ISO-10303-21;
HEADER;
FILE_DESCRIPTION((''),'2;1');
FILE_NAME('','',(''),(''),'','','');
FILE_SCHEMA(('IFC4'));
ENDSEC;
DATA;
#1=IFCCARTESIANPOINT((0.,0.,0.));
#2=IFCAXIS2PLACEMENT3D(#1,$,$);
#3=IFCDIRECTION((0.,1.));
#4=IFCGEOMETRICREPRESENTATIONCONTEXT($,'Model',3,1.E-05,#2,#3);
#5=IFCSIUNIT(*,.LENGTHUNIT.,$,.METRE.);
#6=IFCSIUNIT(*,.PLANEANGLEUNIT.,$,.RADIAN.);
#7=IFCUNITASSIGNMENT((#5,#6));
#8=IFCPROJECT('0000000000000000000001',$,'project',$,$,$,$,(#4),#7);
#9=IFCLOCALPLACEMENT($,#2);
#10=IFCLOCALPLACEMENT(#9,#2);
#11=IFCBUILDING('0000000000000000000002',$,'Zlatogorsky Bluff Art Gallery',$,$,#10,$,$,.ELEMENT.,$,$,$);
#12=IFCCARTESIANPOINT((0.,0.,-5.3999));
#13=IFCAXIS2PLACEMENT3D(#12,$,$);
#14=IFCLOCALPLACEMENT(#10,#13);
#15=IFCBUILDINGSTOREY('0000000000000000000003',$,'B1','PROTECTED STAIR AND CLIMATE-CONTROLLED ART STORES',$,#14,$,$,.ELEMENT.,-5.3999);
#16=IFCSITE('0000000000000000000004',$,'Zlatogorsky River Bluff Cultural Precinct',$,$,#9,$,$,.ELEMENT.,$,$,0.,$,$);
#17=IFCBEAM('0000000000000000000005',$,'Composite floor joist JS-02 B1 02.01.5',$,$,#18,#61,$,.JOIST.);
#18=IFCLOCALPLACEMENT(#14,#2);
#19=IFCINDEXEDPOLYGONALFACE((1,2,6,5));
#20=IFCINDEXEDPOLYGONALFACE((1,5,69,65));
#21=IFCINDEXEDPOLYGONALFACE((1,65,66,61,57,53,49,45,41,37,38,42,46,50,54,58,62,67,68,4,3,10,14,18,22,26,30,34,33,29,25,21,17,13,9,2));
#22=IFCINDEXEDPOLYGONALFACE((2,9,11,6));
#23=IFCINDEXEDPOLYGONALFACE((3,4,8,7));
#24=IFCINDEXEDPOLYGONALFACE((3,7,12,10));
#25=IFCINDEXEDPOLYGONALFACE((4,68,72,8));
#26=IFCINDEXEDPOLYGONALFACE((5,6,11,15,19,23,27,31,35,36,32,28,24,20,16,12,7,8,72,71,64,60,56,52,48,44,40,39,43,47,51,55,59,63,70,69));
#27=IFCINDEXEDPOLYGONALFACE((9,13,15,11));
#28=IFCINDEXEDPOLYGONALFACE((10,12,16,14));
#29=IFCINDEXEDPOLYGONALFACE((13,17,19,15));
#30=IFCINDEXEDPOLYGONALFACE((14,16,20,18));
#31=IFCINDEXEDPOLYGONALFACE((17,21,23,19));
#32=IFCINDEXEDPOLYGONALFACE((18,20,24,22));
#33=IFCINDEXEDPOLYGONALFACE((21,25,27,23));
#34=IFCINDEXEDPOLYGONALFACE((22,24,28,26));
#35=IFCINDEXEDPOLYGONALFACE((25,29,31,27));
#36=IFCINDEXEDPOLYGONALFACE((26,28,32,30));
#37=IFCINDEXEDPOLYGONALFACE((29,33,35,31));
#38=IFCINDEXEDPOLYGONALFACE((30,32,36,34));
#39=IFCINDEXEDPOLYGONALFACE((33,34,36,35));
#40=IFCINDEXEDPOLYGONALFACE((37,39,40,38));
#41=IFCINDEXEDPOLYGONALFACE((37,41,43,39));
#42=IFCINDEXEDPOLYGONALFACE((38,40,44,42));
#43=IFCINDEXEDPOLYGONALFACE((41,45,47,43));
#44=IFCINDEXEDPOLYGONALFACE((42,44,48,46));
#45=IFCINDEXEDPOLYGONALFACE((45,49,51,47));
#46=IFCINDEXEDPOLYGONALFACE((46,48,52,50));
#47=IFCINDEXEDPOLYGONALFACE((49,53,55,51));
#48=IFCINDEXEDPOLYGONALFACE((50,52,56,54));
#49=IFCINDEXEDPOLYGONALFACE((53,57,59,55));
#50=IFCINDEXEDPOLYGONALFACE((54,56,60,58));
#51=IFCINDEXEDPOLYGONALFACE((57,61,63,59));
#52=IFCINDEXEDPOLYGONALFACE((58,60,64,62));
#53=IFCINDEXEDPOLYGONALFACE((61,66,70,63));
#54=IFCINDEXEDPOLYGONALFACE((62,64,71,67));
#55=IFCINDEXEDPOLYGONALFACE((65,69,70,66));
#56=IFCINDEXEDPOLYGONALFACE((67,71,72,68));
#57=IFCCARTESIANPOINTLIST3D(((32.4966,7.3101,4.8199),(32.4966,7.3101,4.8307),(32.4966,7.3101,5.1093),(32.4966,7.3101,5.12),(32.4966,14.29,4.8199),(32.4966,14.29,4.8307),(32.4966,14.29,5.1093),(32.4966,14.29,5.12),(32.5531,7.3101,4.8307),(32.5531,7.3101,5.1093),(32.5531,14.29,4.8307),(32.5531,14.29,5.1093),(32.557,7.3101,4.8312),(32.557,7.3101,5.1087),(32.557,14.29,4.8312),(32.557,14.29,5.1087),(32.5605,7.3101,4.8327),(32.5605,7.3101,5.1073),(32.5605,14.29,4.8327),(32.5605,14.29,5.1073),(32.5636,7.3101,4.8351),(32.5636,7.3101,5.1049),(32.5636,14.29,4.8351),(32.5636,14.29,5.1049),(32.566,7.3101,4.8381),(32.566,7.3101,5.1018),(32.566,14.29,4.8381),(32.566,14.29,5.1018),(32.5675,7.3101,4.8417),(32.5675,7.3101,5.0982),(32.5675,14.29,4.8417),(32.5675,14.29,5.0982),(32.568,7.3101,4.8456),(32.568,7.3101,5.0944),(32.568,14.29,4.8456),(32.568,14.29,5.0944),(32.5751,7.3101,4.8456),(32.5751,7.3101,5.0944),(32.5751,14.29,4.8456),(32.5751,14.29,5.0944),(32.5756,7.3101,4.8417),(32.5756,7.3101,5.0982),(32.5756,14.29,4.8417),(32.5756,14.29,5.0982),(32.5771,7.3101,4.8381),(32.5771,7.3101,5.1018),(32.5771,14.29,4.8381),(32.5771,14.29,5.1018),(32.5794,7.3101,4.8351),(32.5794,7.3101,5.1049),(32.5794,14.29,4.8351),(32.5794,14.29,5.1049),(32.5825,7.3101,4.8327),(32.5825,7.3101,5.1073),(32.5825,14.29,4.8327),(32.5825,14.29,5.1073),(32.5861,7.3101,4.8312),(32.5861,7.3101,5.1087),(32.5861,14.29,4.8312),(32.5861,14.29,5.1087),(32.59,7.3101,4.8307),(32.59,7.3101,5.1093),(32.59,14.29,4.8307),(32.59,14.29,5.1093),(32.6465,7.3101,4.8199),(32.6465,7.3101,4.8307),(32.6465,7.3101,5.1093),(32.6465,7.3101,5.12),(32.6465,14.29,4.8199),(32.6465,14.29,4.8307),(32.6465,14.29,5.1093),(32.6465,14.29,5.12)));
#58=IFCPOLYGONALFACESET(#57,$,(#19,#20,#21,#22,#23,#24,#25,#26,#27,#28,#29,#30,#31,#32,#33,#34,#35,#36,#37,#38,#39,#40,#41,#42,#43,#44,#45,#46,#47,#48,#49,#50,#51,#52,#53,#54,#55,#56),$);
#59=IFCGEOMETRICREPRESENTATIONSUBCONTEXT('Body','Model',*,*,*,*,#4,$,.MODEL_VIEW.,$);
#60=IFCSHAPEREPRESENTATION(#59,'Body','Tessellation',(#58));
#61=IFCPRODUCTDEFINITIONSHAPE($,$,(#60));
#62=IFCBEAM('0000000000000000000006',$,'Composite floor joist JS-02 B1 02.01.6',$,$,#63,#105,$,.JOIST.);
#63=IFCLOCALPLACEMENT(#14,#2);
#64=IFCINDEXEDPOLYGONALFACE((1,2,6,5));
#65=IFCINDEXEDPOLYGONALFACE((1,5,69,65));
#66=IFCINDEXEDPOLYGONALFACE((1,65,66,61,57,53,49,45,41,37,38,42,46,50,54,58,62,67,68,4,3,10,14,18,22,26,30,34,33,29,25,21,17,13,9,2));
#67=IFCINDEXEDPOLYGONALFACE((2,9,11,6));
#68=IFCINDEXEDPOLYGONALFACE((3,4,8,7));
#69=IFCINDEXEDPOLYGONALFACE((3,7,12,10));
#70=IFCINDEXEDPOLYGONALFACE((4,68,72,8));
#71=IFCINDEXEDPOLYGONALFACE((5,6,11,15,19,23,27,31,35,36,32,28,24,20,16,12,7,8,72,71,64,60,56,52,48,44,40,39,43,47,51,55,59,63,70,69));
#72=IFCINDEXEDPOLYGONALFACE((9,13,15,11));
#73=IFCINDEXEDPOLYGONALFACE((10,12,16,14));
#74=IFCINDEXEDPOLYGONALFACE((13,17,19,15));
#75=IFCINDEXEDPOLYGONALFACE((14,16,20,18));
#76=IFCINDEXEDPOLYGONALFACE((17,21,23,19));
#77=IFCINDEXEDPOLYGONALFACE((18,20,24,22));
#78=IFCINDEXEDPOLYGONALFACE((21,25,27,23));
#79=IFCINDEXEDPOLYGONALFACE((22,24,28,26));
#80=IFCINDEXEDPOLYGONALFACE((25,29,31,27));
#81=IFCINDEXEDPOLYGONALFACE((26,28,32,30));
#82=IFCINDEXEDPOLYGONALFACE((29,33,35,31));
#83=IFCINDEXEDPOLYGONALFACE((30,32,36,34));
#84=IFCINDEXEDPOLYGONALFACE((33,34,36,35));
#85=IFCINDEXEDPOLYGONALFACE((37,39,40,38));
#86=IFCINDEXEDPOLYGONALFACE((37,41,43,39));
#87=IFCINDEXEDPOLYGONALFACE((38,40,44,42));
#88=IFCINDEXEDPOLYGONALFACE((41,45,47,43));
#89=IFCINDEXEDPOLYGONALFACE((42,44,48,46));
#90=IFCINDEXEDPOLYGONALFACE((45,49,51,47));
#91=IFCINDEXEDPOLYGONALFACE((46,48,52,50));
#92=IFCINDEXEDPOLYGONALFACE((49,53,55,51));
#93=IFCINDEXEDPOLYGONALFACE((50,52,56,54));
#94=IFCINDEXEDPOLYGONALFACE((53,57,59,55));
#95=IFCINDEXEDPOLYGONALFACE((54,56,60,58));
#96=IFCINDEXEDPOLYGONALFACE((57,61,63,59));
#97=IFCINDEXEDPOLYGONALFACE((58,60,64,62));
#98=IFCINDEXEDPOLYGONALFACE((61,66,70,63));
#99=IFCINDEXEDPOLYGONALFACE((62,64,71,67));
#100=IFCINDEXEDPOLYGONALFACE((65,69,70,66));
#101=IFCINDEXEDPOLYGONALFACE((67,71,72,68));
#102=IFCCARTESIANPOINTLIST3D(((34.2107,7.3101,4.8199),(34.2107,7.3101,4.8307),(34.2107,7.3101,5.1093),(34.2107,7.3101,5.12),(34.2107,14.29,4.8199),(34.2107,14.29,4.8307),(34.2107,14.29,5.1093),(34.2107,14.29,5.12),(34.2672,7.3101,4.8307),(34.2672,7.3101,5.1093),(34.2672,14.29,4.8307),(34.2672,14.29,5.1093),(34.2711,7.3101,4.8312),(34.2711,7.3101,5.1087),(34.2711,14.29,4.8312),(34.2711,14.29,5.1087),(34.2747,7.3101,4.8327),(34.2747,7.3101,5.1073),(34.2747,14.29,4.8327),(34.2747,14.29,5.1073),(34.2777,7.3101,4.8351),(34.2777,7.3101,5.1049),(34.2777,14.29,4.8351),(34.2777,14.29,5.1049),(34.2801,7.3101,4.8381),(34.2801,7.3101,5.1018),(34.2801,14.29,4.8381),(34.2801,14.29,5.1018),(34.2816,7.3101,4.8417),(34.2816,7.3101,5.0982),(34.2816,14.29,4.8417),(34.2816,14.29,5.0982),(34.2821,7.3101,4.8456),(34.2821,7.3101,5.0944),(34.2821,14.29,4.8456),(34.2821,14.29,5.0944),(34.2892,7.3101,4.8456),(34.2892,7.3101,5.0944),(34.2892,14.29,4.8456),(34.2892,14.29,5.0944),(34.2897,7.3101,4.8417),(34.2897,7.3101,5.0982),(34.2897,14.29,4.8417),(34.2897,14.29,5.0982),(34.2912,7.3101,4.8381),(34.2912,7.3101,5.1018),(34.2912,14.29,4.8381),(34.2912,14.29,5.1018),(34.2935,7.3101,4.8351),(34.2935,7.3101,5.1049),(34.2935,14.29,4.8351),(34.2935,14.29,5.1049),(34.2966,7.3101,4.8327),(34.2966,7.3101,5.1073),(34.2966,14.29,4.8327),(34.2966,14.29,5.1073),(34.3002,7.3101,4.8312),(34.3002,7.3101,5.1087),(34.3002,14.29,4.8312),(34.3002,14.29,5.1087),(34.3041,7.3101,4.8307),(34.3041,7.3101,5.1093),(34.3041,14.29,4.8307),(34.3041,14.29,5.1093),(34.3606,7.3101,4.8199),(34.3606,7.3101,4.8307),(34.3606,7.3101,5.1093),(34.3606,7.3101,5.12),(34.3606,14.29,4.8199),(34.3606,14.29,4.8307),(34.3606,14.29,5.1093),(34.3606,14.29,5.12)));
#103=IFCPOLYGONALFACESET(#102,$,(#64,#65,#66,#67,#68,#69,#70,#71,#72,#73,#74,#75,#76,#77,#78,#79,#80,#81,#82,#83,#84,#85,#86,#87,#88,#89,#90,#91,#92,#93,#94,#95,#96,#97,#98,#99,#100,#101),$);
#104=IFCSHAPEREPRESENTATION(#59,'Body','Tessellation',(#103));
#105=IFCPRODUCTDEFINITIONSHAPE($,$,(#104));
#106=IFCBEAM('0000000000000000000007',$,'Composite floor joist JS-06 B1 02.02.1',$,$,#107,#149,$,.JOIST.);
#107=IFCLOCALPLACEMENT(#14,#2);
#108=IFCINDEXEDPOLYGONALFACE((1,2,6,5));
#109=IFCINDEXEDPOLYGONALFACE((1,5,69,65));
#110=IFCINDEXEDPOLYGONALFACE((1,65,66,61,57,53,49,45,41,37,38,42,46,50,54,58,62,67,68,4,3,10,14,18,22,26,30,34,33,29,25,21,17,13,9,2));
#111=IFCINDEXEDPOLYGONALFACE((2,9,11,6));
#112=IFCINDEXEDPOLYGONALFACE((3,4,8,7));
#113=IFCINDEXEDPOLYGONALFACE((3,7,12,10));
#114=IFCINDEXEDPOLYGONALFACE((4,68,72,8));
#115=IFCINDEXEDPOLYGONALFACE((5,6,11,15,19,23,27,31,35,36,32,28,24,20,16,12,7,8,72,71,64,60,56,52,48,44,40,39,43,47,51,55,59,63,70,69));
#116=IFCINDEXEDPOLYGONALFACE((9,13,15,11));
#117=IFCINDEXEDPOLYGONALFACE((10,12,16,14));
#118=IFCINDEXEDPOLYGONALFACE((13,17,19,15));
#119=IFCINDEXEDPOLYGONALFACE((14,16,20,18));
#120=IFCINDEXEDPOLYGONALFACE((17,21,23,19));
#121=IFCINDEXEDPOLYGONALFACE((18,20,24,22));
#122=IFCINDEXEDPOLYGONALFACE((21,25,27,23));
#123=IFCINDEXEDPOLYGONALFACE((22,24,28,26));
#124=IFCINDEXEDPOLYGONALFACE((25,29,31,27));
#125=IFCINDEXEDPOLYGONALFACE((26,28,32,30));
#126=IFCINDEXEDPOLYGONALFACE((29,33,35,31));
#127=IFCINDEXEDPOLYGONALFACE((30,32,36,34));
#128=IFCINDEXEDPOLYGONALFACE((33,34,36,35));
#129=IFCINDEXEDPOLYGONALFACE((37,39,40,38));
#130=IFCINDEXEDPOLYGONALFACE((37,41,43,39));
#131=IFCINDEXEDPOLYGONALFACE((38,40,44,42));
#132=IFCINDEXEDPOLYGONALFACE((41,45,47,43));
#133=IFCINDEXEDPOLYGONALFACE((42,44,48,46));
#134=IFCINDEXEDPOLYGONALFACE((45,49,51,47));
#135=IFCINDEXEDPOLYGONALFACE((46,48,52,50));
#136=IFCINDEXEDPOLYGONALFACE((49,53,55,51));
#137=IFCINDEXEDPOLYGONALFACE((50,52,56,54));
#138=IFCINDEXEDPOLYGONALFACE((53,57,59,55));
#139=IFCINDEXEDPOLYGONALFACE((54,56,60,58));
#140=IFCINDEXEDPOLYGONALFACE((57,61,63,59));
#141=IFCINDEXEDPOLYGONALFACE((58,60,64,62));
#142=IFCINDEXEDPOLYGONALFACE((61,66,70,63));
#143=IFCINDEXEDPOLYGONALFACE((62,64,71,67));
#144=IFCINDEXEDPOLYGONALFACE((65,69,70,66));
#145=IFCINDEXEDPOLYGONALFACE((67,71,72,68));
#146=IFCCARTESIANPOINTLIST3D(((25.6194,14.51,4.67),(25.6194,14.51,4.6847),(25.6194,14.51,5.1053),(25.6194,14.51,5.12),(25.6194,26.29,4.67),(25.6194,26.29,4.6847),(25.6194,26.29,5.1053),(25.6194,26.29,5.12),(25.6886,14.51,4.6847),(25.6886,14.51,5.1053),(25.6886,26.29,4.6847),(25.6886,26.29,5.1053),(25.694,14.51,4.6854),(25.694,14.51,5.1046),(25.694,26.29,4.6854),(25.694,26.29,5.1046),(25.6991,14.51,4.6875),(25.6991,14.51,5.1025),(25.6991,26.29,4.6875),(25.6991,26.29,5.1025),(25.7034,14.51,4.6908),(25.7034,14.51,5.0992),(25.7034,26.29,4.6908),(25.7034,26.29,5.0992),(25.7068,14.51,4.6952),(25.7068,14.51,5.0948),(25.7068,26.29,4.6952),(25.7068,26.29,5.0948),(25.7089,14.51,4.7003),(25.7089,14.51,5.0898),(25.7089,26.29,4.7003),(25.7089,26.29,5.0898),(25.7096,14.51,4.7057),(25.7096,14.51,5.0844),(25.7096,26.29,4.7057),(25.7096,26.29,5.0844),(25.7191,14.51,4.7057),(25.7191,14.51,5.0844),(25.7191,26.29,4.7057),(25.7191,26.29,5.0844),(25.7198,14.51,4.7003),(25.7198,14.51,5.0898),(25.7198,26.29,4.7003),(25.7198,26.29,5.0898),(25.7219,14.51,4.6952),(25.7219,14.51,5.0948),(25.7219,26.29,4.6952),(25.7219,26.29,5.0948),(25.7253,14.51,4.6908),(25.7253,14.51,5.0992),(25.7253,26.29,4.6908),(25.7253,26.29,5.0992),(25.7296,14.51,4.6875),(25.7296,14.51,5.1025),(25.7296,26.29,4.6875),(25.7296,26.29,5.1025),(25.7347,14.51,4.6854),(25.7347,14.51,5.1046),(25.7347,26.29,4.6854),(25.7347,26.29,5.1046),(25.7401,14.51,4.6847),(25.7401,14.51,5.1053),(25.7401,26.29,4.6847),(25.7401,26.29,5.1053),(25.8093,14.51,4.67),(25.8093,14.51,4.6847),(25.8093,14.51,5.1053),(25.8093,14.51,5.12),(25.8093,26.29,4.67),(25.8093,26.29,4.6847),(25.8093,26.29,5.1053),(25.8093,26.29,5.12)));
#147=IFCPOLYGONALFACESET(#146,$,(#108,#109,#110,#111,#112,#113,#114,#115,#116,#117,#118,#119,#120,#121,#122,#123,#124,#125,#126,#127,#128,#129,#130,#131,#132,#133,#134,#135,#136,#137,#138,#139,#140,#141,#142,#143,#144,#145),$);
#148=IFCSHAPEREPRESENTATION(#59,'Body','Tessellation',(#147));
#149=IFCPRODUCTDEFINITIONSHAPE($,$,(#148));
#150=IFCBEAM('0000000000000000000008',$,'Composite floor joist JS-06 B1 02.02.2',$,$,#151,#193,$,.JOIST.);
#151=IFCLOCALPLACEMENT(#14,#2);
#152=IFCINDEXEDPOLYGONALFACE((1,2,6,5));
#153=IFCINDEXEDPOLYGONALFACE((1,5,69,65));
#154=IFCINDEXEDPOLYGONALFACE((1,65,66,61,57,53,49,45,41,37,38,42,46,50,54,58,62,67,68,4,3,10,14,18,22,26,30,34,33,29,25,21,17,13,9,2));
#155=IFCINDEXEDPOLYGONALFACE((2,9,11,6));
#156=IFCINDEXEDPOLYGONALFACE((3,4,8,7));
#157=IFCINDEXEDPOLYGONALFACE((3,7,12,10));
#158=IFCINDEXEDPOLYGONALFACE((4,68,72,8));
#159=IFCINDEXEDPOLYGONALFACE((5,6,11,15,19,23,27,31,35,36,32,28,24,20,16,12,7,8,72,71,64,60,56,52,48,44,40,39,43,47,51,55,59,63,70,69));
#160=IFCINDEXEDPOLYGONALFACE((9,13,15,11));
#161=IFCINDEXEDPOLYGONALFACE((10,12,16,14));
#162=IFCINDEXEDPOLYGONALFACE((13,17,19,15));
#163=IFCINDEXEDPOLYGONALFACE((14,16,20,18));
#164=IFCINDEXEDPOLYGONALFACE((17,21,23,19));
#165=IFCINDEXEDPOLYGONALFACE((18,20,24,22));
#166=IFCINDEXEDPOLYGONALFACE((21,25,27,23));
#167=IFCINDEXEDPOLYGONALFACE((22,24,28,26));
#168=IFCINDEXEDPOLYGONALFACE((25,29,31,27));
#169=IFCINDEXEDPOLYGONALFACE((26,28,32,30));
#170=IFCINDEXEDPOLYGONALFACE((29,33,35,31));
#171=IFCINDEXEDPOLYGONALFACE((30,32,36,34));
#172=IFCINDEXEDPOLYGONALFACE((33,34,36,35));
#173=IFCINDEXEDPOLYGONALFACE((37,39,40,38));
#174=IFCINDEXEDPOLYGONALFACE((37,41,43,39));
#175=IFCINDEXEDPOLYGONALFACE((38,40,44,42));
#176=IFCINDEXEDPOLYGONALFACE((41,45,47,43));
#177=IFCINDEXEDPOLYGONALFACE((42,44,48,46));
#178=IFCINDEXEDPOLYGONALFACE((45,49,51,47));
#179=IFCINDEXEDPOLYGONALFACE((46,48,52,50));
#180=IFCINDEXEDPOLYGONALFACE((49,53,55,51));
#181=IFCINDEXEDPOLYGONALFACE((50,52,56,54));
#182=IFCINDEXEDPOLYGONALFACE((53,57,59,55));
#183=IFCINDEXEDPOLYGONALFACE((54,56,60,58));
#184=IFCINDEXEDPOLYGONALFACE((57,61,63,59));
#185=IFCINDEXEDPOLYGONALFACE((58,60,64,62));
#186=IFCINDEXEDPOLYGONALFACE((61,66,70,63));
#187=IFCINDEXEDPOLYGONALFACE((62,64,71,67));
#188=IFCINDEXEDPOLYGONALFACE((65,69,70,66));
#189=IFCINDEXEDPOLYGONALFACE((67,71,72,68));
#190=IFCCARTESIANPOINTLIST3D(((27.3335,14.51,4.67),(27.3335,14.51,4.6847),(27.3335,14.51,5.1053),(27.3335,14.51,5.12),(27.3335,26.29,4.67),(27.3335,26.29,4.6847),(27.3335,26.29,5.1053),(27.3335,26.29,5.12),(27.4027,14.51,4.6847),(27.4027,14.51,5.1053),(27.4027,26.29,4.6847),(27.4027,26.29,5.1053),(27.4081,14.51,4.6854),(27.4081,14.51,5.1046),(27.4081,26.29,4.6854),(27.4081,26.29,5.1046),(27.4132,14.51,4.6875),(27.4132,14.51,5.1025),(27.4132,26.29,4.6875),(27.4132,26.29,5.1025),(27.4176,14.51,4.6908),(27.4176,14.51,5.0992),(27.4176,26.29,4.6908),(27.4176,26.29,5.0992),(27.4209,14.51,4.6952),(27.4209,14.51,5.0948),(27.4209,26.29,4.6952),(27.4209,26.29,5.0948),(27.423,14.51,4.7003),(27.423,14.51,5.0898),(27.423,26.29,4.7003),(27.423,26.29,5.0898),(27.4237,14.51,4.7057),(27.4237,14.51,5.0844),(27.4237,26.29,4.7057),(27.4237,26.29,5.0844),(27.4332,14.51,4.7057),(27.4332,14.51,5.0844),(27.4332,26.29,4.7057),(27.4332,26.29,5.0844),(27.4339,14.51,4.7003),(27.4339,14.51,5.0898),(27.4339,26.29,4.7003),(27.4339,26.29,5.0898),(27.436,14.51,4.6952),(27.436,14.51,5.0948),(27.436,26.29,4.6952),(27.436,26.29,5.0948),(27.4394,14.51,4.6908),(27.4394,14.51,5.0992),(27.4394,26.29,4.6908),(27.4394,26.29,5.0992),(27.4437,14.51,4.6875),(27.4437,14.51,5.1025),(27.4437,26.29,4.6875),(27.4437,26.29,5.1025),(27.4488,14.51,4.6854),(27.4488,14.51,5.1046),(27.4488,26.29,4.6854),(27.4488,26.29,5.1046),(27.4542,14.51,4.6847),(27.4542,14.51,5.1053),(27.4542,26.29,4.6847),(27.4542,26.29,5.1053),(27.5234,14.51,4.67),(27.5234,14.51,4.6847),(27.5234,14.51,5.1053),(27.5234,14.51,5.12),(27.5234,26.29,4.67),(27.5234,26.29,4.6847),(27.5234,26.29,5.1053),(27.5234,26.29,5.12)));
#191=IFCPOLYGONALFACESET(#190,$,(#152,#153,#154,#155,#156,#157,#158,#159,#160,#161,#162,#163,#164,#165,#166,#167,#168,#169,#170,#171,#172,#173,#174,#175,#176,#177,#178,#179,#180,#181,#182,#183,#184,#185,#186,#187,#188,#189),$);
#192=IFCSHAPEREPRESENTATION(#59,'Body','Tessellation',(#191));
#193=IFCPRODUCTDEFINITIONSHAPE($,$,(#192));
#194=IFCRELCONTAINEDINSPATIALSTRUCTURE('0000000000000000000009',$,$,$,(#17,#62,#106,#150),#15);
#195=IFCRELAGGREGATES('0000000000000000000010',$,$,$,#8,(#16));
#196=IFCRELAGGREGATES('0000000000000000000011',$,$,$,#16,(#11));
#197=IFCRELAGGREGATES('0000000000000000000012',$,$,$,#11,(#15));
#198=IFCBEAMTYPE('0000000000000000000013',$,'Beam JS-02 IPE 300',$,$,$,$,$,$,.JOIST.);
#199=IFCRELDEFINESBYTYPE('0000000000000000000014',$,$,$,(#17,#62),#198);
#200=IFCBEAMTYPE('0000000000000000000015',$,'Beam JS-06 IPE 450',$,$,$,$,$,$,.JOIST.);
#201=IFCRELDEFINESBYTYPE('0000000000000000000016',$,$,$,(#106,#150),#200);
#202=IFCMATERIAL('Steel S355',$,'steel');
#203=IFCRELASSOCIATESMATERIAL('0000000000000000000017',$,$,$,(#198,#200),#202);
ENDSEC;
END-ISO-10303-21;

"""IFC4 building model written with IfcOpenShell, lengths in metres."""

from ifc_helpers import new_model, si_unit, direction, frame, origin, origin_2d, place, context, subcontext, project, spatial, i_section, extrude, material, material_profile, profile_set, type_object, element, save


model = new_model("IFC4")

# Units and contexts
model_context = context("Model", 3, precision=1e-05, world=origin(), true_north=direction((0.0, 1.0)))
body_context = subcontext(model_context, "Body", "Model", "MODEL_VIEW")
ifc_project = project(units=[si_unit("LENGTHUNIT", "METRE"), si_unit("PLANEANGLEUNIT", "RADIAN")], contexts=[model_context])

# Site, building, storey
site_placement = place(None, origin())
site = spatial("IfcSite", under=ifc_project, at=site_placement, Name="Zlatogorsky River Bluff Cultural Precinct", CompositionType="ELEMENT", RefElevation=0.0)
building_placement = place(site_placement, origin())
building = spatial("IfcBuilding", under=site, at=building_placement, Name="Zlatogorsky Bluff Art Gallery", CompositionType="ELEMENT")
storey_placement = place(building_placement, frame((0.0, 0.0, -5.3999)))
storey = spatial("IfcBuildingStorey", under=building, at=storey_placement, Name="B1", Description="PROTECTED STAIR AND CLIMATE-CONTROLLED ART STORES", CompositionType="ELEMENT", Elevation=-5.3999)

# Beams
ifc_material_1 = material(Name="Steel S355", Category="steel")
ifc_material_profile_1 = material_profile(ifc_material_1, i_section(OverallWidth=0.1499, OverallDepth=0.3, WebThickness=0.0071, FlangeThickness=0.0107, FilletRadius=0.0149, at=origin_2d()), Name="IPE 300")
ifc_profile_set_1 = profile_set([ifc_material_profile_1], Name="Steel S355")
beam_type_1 = type_object("IfcBeamType", Name="Beam JS-02 IPE 300", PredefinedType="JOIST", material=ifc_profile_set_1)
for number, where, z_axis, x_axis, name in (
    (1, (32.5715, 7.3101, 4.97), (0.0, 1.0, 0.0), (-1.0, 0.0, 0.0), "Composite floor joist JS-02 B1 02.01.5"),
    (2, (34.2856, 7.3101, 4.97), (0.0, 1.0, 0.0), (-1.0, 0.0, 0.0), "Composite floor joist JS-02 B1 02.01.6"),
):
    element("IfcBeam", number, at=place(storey_placement, frame(where, z_axis=z_axis, x_axis=x_axis)), inside=storey, type_object=beam_type_1, Name=name, PredefinedType="JOIST", context=body_context, shape_type="SweptSolid", body=[
        extrude(i_section(OverallWidth=0.1499, OverallDepth=0.3, WebThickness=0.0071, FlangeThickness=0.0107, FilletRadius=0.0149, at=origin_2d()), origin(), (0.0, 0.0, 1.0), 6.98),
    ])
ifc_material_profile_2 = material_profile(ifc_material_1, i_section(OverallWidth=0.1899, OverallDepth=0.45, WebThickness=0.0095, FlangeThickness=0.0146, FilletRadius=0.021, at=origin_2d()), Name="IPE 450")
ifc_profile_set_2 = profile_set([ifc_material_profile_2], Name="Steel S355")
beam_type_2 = type_object("IfcBeamType", Name="Beam JS-06 IPE 450", PredefinedType="JOIST", material=ifc_profile_set_2)
for number, where, z_axis, x_axis, name in (
    (3, (25.7144, 14.51, 4.895), (0.0, 1.0, 0.0), (-1.0, 0.0, 0.0), "Composite floor joist JS-06 B1 02.02.1"),
    (4, (27.4285, 14.51, 4.895), (0.0, 1.0, 0.0), (-1.0, 0.0, 0.0), "Composite floor joist JS-06 B1 02.02.2"),
):
    element("IfcBeam", number, at=place(storey_placement, frame(where, z_axis=z_axis, x_axis=x_axis)), inside=storey, type_object=beam_type_2, Name=name, PredefinedType="JOIST", context=body_context, shape_type="SweptSolid", body=[
        extrude(i_section(OverallWidth=0.1899, OverallDepth=0.45, WebThickness=0.0095, FlangeThickness=0.0146, FilletRadius=0.021, at=origin_2d()), origin(), (0.0, 0.0, 1.0), 11.78),
    ])

save(model, "model.ifc")
